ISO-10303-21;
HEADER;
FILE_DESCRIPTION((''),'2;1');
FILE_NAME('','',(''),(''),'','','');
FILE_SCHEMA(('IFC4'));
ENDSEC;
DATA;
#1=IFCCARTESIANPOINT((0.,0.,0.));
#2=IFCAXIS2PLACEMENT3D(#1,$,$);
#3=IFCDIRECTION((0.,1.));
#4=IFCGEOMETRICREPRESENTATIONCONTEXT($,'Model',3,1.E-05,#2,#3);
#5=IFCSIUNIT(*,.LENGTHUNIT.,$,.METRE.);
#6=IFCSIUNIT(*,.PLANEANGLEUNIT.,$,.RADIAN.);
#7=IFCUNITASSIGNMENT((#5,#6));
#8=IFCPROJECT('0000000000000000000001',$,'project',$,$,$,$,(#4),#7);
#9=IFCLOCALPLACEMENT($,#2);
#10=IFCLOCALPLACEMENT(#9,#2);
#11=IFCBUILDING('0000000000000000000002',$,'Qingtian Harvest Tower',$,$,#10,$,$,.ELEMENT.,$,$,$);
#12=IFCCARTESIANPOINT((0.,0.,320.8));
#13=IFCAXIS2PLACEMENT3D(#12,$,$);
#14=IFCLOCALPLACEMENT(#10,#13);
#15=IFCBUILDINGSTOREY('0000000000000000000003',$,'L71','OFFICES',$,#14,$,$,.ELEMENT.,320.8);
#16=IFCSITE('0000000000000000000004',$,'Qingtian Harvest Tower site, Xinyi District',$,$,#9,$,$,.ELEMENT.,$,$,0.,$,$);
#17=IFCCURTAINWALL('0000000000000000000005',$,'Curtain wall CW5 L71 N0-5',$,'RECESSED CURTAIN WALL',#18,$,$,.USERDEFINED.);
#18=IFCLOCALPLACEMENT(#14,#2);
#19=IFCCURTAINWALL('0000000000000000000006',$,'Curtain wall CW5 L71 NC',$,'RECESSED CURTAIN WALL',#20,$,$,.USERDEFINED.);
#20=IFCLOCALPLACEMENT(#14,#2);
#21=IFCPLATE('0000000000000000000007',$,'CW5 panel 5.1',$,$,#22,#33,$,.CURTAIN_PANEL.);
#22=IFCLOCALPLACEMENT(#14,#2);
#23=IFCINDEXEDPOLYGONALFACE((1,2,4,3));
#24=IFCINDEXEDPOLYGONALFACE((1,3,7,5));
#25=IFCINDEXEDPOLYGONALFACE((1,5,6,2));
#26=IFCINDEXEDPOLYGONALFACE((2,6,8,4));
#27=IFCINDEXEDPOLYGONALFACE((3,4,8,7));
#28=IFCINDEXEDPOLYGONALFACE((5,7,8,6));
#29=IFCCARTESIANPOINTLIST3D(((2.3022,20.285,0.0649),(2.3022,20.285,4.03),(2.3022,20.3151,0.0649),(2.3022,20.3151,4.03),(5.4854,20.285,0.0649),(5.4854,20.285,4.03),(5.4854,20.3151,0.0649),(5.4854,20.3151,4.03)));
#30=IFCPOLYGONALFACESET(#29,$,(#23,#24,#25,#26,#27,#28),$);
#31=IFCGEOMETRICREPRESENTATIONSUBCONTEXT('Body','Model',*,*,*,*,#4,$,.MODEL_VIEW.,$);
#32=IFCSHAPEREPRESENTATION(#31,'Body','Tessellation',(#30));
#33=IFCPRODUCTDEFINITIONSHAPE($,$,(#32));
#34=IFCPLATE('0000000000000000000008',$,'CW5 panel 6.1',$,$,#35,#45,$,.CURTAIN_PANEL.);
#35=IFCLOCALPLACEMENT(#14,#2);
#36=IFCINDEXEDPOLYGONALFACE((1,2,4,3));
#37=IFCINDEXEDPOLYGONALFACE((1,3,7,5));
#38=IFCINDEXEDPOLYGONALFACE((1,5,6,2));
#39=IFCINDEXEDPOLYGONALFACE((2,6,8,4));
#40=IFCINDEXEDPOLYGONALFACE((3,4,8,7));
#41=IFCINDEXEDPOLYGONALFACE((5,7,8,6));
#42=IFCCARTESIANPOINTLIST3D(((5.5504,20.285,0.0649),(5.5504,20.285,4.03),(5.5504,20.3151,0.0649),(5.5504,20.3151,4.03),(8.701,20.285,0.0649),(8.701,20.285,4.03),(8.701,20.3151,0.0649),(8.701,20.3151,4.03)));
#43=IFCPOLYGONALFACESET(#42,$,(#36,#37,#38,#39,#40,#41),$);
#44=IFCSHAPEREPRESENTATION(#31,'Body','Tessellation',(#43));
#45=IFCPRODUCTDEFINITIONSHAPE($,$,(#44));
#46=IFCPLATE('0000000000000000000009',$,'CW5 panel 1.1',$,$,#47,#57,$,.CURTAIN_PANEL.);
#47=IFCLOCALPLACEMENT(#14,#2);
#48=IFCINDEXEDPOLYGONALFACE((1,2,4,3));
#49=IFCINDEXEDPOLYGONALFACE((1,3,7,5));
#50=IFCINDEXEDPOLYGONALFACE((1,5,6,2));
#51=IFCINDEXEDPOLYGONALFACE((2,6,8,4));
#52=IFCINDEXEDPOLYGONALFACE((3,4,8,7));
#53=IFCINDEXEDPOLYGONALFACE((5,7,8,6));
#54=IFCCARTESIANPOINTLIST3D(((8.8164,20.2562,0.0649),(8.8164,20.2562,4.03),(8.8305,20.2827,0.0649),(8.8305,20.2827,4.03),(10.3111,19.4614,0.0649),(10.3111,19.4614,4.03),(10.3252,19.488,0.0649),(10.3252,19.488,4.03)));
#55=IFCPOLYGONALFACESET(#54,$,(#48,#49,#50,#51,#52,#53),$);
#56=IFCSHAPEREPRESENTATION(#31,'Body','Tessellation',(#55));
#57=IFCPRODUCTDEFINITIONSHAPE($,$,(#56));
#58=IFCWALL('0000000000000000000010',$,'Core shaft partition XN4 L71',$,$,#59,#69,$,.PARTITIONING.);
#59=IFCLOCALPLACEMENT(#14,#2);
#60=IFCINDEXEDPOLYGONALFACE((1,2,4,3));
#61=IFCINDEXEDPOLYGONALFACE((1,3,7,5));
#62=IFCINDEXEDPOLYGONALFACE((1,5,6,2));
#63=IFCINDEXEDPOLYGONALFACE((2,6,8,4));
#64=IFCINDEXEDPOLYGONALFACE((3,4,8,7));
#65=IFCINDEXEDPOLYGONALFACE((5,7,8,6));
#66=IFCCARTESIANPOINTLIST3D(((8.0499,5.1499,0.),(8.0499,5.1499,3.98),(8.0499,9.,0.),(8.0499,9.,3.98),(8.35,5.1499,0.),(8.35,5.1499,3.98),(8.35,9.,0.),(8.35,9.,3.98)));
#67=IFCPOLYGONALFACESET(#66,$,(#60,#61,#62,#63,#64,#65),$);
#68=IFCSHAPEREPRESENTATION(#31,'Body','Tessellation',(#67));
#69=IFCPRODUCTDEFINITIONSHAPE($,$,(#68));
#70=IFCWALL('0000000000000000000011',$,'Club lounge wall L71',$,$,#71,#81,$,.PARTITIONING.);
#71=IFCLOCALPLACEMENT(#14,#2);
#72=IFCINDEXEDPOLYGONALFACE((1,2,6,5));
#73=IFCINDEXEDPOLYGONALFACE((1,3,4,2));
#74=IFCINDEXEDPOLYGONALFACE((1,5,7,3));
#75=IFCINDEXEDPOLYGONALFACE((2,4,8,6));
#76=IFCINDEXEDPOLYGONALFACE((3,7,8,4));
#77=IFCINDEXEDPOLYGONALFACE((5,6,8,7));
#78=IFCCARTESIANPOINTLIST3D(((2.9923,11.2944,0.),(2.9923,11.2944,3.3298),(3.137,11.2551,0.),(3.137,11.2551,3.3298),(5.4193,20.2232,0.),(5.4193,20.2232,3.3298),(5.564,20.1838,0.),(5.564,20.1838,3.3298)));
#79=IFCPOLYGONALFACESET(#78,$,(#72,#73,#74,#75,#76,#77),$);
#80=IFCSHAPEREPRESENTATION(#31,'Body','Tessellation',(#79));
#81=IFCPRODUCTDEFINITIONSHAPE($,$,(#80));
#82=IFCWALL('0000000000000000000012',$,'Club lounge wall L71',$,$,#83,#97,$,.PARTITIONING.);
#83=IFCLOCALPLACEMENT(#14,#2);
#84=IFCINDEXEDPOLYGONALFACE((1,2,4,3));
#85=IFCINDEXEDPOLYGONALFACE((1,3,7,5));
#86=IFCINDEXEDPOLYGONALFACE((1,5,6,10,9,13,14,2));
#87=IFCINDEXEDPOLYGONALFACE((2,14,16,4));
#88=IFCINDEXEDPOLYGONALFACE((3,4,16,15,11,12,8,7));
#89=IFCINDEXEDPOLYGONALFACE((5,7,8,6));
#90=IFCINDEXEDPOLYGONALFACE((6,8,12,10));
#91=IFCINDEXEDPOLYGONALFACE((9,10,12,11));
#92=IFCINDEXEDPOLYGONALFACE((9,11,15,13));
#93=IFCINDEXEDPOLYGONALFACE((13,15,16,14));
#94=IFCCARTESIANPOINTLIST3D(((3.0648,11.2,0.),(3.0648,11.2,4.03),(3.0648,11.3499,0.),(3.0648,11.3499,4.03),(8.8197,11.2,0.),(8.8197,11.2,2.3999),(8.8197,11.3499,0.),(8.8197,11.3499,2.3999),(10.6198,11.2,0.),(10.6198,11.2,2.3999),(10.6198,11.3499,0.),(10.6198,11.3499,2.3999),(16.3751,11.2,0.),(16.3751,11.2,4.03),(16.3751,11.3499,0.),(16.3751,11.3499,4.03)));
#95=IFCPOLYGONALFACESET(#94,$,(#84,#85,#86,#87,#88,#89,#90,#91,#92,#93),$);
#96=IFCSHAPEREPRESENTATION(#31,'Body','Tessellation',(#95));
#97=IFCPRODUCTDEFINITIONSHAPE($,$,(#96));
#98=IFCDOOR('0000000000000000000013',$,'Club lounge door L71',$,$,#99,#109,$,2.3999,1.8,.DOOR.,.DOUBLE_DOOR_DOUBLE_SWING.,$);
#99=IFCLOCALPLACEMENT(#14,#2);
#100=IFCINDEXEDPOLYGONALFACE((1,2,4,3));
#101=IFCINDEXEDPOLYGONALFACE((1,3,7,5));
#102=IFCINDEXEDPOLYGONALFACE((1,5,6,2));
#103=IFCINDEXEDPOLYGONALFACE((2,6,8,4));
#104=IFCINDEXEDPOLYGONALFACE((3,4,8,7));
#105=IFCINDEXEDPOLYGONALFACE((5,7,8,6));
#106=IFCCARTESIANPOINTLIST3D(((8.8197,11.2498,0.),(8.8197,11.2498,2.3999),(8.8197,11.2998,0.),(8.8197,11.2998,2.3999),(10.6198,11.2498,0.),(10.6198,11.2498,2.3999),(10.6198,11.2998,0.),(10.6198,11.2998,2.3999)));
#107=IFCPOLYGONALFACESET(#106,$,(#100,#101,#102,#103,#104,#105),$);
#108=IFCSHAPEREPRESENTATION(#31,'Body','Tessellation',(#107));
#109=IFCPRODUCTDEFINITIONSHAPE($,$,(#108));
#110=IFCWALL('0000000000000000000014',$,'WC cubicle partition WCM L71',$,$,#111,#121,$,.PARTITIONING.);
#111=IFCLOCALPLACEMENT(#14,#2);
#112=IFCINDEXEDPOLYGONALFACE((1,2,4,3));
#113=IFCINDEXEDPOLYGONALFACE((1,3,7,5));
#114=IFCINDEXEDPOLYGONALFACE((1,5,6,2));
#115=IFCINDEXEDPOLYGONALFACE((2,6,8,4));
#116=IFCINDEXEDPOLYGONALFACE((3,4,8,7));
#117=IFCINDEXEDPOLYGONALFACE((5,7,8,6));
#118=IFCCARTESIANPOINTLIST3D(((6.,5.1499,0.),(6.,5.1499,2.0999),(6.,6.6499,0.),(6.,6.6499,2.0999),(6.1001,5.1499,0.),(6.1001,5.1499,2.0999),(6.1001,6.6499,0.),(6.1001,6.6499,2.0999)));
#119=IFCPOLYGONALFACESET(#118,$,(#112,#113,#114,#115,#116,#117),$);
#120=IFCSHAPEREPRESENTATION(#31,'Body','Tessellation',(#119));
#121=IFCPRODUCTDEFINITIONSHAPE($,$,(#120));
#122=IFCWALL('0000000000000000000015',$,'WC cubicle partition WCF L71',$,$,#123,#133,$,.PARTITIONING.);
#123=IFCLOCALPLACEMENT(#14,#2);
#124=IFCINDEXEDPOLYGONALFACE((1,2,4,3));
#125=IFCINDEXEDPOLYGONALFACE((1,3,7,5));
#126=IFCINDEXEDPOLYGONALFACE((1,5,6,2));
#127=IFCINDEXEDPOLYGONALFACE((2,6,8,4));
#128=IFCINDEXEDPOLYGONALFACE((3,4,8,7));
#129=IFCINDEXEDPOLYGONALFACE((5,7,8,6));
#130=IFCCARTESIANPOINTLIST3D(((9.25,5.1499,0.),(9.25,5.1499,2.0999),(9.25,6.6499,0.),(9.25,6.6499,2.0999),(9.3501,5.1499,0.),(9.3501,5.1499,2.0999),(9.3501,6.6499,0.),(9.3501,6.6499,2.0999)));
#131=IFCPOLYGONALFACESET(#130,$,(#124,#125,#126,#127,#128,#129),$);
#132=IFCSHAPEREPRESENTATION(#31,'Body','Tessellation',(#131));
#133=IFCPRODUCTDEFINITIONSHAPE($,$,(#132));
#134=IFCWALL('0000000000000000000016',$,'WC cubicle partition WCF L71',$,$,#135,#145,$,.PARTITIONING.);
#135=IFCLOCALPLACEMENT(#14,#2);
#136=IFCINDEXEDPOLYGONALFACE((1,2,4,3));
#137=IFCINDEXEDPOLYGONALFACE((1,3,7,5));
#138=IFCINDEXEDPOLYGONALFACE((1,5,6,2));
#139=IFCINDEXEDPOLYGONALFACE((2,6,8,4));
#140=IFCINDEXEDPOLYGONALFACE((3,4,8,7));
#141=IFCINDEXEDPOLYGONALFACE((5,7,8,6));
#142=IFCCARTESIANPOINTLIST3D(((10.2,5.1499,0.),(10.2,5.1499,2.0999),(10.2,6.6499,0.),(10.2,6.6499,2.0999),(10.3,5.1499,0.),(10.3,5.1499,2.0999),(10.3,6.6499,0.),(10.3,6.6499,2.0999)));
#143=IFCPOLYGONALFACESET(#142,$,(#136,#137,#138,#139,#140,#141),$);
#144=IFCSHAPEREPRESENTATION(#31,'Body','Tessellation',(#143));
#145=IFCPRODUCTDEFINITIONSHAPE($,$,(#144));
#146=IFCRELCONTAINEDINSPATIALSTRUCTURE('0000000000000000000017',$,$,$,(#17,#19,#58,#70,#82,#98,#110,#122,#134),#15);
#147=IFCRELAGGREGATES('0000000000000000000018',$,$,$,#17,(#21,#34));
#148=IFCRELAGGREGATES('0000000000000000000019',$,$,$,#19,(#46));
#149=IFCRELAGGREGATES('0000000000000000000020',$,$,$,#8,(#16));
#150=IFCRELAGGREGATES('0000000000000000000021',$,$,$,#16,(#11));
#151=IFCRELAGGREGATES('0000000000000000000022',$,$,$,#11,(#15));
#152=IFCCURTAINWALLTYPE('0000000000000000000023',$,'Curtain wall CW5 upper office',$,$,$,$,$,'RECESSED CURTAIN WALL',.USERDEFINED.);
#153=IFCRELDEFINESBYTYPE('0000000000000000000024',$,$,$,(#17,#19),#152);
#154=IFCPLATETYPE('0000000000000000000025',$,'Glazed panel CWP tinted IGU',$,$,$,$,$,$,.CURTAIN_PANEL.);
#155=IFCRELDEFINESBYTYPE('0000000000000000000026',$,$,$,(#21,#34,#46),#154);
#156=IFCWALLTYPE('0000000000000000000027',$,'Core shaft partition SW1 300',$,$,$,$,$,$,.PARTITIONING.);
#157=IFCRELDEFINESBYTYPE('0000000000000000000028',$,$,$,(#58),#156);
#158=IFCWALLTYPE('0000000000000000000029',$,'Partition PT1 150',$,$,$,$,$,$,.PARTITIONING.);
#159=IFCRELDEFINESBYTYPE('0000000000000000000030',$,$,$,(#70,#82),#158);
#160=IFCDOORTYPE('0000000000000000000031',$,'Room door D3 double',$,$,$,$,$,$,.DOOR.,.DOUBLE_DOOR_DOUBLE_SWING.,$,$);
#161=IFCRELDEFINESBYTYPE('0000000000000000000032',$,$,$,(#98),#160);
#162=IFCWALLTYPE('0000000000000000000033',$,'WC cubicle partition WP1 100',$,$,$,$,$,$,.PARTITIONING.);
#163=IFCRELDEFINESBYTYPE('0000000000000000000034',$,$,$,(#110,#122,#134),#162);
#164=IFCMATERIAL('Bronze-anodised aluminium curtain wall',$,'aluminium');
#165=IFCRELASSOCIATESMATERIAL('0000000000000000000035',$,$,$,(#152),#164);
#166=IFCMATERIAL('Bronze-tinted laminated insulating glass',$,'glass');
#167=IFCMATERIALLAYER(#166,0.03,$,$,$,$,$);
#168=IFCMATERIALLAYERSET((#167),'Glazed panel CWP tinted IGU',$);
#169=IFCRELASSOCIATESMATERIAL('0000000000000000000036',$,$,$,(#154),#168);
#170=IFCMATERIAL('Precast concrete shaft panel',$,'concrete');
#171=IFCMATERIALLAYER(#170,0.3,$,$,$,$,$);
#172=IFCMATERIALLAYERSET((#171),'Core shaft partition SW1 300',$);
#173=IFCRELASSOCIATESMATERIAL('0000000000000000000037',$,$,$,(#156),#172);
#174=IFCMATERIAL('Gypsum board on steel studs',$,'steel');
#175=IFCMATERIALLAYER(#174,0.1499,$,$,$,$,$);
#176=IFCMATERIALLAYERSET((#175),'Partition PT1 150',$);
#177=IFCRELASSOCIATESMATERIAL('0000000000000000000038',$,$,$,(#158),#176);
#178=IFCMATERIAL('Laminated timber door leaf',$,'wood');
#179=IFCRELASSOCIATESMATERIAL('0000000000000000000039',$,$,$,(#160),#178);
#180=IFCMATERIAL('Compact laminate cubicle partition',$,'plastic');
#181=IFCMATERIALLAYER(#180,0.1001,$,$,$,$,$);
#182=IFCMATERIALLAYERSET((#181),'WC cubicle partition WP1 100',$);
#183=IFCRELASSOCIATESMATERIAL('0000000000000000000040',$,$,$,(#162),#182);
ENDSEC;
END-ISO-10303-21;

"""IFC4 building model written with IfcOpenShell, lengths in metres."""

from ifc_helpers import new_model, si_unit, direction, frame, frame_2d, origin, origin_2d, place, context, subcontext, project, spatial, rectangle, extrude, material, layer, layer_set, type_object, element, fill, aggregate, save


model = new_model("IFC4")

# Units and contexts
model_context = context("Model", 3, precision=1e-05, world=origin(), true_north=direction((0.0, 1.0)))
body_context = subcontext(model_context, "Body", "Model", "MODEL_VIEW")
ifc_project = project(units=[si_unit("LENGTHUNIT", "METRE"), si_unit("PLANEANGLEUNIT", "RADIAN")], contexts=[model_context])

# Site, building, storey
site_placement = place(None, origin())
site = spatial("IfcSite", under=ifc_project, at=site_placement, Name="Qingtian Harvest Tower site, Xinyi District", CompositionType="ELEMENT", RefElevation=0.0)
building_placement = place(site_placement, origin())
building = spatial("IfcBuilding", under=site, at=building_placement, Name="Qingtian Harvest Tower", CompositionType="ELEMENT")
storey_placement = place(building_placement, frame((0.0, 0.0, 320.8)))
storey = spatial("IfcBuildingStorey", under=building, at=storey_placement, Name="L71", Description="OFFICES", CompositionType="ELEMENT", Elevation=320.8)

# Curtain walls
ifc_material_1 = material(Name="Bronze-anodised aluminium curtain wall", Category="aluminium")
curtain_wall_type = type_object("IfcCurtainWallType", Name="Curtain wall CW5 upper office", ElementType="RECESSED CURTAIN WALL", PredefinedType="USERDEFINED", material=ifc_material_1)
curtain_wall_1_placement = place(storey_placement, origin())
curtain_wall_1 = element("IfcCurtainWall", 1, at=curtain_wall_1_placement, inside=storey, type_object=curtain_wall_type, Name="Curtain wall CW5 L71 N0-5", ObjectType="RECESSED CURTAIN WALL", PredefinedType="USERDEFINED")
curtain_wall_2_placement = place(storey_placement, origin())
curtain_wall_2 = element("IfcCurtainWall", 2, at=curtain_wall_2_placement, inside=storey, type_object=curtain_wall_type, Name="Curtain wall CW5 L71 NC", ObjectType="RECESSED CURTAIN WALL", PredefinedType="USERDEFINED")

# Plates
ifc_material_2 = material(Name="Bronze-tinted laminated insulating glass", Category="glass")
ifc_layer_1 = layer(ifc_material_2, 0.03)
ifc_layer_set_1 = layer_set([ifc_layer_1], Name="Glazed panel CWP tinted IGU")
plate_type = type_object("IfcPlateType", Name="Glazed panel CWP tinted IGU", PredefinedType="CURTAIN_PANEL", material=ifc_layer_set_1)
plate_1_placement = place(storey_placement, frame((3.8938, 20.3, 0.0649), z_axis=(0.0, 0.0, 1.0), x_axis=(1.0, 0.0, 0.0)))
plate_1 = element("IfcPlate", 3, at=plate_1_placement, type_object=plate_type, Name="CW5 panel 5.1", PredefinedType="CURTAIN_PANEL", context=body_context, shape_type="SweptSolid", body=[
    extrude(rectangle(XDim=3.1831, YDim=0.03, at=origin_2d()), origin(), (0.0, 0.0, 1.0), 3.9651),
])
plate_2_placement = place(storey_placement, frame((7.1257, 20.3, 0.0649), z_axis=(0.0, 0.0, 1.0), x_axis=(1.0, 0.0, 0.0)))
plate_2 = element("IfcPlate", 4, at=plate_2_placement, type_object=plate_type, Name="CW5 panel 6.1", PredefinedType="CURTAIN_PANEL", context=body_context, shape_type="SweptSolid", body=[
    extrude(rectangle(XDim=3.1506, YDim=0.03, at=origin_2d()), origin(), (0.0, 0.0, 1.0), 3.9651),
])
aggregate(curtain_wall_1, [plate_1, plate_2])
plate_3_placement = place(storey_placement, frame((9.5708, 19.8721, 0.0649), z_axis=(0.0, 0.0, 1.0), x_axis=(0.882948, -0.469472, 0.0)))
plate_3 = element("IfcPlate", 5, at=plate_3_placement, type_object=plate_type, Name="CW5 panel 1.1", PredefinedType="CURTAIN_PANEL", context=body_context, shape_type="SweptSolid", body=[
    extrude(rectangle(XDim=1.6929, YDim=0.03, at=origin_2d()), origin(), (0.0, 0.0, 1.0), 3.9651),
])
aggregate(curtain_wall_2, [plate_3])

# Walls
ifc_material_3 = material(Name="Precast concrete shaft panel", Category="concrete")
ifc_layer_2 = layer(ifc_material_3, 0.3)
ifc_layer_set_2 = layer_set([ifc_layer_2], Name="Core shaft partition SW1 300")
wall_type_1 = type_object("IfcWallType", Name="Core shaft partition SW1 300", PredefinedType="PARTITIONING", material=ifc_layer_set_2)
wall_1_placement = place(storey_placement, frame((8.2, 5.1499, 0.0), z_axis=(0.0, 0.0, 1.0), x_axis=(0.0, 1.0, 0.0)))
element("IfcWall", 6, at=wall_1_placement, inside=storey, type_object=wall_type_1, Name="Core shaft partition XN4 L71", PredefinedType="PARTITIONING", context=body_context, shape_type="SweptSolid", body=[
    extrude(rectangle(XDim=3.8501, YDim=0.3, at=frame_2d((1.925, 0.0))), origin(), (0.0, 0.0, 1.0), 3.98),
])
ifc_material_4 = material(Name="Gypsum board on steel studs", Category="steel")
ifc_layer_3 = layer(ifc_material_4, 0.1499)
ifc_layer_set_3 = layer_set([ifc_layer_3], Name="Partition PT1 150")
wall_type_2 = type_object("IfcWallType", Name="Partition PT1 150", PredefinedType="PARTITIONING", material=ifc_layer_set_3)
wall_2_placement = place(storey_placement, frame((5.4917, 20.2036, 0.0), z_axis=(0.0, 0.0, 1.0), x_axis=(-0.262302, -0.964986, 0.0)))
element("IfcWall", 7, at=wall_2_placement, inside=storey, type_object=wall_type_2, Name="Club lounge wall L71", PredefinedType="PARTITIONING", context=body_context, shape_type="SweptSolid", body=[
    extrude(rectangle(XDim=9.2527, YDim=0.1499, at=frame_2d((4.6265, 0.0))), origin(), (0.0, 0.0, 1.0), 3.3298),
])

# Wall, opening, door
wall_3_placement = place(storey_placement, frame((3.0647, 11.2749, 0.0), z_axis=(0.0, 0.0, 1.0), x_axis=(1.0, 0.0, 0.0)))
wall_3 = element("IfcWall", 8, at=wall_3_placement, inside=storey, type_object=wall_type_2, Name="Club lounge wall L71", PredefinedType="PARTITIONING", context=body_context, shape_type="SweptSolid", body=[
    extrude(rectangle(XDim=13.3103, YDim=0.1499, at=frame_2d((6.6553, 0.0))), origin(), (0.0, 0.0, 1.0), 4.03),
])
opening_placement = place(wall_3_placement, frame((5.7551, 0.0, 0.0)))
opening = element("IfcOpeningElement", 9, at=opening_placement, cuts=wall_3, PredefinedType="OPENING", context=body_context, shape_type="SweptSolid", body=[
    extrude(rectangle(XDim=1.8, YDim=2.3999, at=frame_2d((0.8999, 1.2))), frame((0.0, 0.085, 0.0), z_axis=(0.0, -1.0, 0.0), x_axis=(1.0, 0.0, 0.0)), (0.0, 0.0, 1.0), 0.1699),
])
ifc_material_5 = material(Name="Laminated timber door leaf", Category="wood")
door_type = type_object("IfcDoorType", Name="Room door D3 double", OperationType="DOUBLE_DOOR_DOUBLE_SWING", PredefinedType="DOOR", material=ifc_material_5)
door_placement = place(opening_placement, origin())
door = element("IfcDoor", 10, at=door_placement, inside=storey, type_object=door_type, Name="Club lounge door L71", OperationType="DOUBLE_DOOR_DOUBLE_SWING", OverallHeight=2.3999, OverallWidth=1.8, PredefinedType="DOOR", context=body_context, shape_type="SweptSolid", body=[
    extrude(rectangle(XDim=1.8, YDim=2.3999, at=frame_2d((0.8999, 1.2))), frame((0.0, 0.0249, 0.0), z_axis=(0.0, -1.0, 0.0), x_axis=(1.0, 0.0, 0.0)), (0.0, 0.0, 1.0), 0.05),
])
fill(opening, door)

# Walls
ifc_material_6 = material(Name="Compact laminate cubicle partition", Category="plastic")
ifc_layer_4 = layer(ifc_material_6, 0.1001)
ifc_layer_set_4 = layer_set([ifc_layer_4], Name="WC cubicle partition WP1 100")
wall_type_3 = type_object("IfcWallType", Name="WC cubicle partition WP1 100", PredefinedType="PARTITIONING", material=ifc_layer_set_4)
for number, where, z_axis, x_axis, name in (
    (11, (6.05, 5.1499, 0.0), (0.0, 0.0, 1.0), (0.0, 1.0, 0.0), "WC cubicle partition WCM L71"),
    (12, (9.3, 5.1499, 0.0), (0.0, 0.0, 1.0), (0.0, 1.0, 0.0), "WC cubicle partition WCF L71"),
    (13, (10.25, 5.1499, 0.0), (0.0, 0.0, 1.0), (0.0, 1.0, 0.0), "WC cubicle partition WCF L71"),
):
    element("IfcWall", number, at=place(storey_placement, frame(where, z_axis=z_axis, x_axis=x_axis)), inside=storey, type_object=wall_type_3, Name=name, PredefinedType="PARTITIONING", context=body_context, shape_type="SweptSolid", body=[
        extrude(rectangle(XDim=1.5, YDim=0.1001, at=frame_2d((0.75, 0.0))), origin(), (0.0, 0.0, 1.0), 2.0999),
    ])

save(model, "model.ifc")
